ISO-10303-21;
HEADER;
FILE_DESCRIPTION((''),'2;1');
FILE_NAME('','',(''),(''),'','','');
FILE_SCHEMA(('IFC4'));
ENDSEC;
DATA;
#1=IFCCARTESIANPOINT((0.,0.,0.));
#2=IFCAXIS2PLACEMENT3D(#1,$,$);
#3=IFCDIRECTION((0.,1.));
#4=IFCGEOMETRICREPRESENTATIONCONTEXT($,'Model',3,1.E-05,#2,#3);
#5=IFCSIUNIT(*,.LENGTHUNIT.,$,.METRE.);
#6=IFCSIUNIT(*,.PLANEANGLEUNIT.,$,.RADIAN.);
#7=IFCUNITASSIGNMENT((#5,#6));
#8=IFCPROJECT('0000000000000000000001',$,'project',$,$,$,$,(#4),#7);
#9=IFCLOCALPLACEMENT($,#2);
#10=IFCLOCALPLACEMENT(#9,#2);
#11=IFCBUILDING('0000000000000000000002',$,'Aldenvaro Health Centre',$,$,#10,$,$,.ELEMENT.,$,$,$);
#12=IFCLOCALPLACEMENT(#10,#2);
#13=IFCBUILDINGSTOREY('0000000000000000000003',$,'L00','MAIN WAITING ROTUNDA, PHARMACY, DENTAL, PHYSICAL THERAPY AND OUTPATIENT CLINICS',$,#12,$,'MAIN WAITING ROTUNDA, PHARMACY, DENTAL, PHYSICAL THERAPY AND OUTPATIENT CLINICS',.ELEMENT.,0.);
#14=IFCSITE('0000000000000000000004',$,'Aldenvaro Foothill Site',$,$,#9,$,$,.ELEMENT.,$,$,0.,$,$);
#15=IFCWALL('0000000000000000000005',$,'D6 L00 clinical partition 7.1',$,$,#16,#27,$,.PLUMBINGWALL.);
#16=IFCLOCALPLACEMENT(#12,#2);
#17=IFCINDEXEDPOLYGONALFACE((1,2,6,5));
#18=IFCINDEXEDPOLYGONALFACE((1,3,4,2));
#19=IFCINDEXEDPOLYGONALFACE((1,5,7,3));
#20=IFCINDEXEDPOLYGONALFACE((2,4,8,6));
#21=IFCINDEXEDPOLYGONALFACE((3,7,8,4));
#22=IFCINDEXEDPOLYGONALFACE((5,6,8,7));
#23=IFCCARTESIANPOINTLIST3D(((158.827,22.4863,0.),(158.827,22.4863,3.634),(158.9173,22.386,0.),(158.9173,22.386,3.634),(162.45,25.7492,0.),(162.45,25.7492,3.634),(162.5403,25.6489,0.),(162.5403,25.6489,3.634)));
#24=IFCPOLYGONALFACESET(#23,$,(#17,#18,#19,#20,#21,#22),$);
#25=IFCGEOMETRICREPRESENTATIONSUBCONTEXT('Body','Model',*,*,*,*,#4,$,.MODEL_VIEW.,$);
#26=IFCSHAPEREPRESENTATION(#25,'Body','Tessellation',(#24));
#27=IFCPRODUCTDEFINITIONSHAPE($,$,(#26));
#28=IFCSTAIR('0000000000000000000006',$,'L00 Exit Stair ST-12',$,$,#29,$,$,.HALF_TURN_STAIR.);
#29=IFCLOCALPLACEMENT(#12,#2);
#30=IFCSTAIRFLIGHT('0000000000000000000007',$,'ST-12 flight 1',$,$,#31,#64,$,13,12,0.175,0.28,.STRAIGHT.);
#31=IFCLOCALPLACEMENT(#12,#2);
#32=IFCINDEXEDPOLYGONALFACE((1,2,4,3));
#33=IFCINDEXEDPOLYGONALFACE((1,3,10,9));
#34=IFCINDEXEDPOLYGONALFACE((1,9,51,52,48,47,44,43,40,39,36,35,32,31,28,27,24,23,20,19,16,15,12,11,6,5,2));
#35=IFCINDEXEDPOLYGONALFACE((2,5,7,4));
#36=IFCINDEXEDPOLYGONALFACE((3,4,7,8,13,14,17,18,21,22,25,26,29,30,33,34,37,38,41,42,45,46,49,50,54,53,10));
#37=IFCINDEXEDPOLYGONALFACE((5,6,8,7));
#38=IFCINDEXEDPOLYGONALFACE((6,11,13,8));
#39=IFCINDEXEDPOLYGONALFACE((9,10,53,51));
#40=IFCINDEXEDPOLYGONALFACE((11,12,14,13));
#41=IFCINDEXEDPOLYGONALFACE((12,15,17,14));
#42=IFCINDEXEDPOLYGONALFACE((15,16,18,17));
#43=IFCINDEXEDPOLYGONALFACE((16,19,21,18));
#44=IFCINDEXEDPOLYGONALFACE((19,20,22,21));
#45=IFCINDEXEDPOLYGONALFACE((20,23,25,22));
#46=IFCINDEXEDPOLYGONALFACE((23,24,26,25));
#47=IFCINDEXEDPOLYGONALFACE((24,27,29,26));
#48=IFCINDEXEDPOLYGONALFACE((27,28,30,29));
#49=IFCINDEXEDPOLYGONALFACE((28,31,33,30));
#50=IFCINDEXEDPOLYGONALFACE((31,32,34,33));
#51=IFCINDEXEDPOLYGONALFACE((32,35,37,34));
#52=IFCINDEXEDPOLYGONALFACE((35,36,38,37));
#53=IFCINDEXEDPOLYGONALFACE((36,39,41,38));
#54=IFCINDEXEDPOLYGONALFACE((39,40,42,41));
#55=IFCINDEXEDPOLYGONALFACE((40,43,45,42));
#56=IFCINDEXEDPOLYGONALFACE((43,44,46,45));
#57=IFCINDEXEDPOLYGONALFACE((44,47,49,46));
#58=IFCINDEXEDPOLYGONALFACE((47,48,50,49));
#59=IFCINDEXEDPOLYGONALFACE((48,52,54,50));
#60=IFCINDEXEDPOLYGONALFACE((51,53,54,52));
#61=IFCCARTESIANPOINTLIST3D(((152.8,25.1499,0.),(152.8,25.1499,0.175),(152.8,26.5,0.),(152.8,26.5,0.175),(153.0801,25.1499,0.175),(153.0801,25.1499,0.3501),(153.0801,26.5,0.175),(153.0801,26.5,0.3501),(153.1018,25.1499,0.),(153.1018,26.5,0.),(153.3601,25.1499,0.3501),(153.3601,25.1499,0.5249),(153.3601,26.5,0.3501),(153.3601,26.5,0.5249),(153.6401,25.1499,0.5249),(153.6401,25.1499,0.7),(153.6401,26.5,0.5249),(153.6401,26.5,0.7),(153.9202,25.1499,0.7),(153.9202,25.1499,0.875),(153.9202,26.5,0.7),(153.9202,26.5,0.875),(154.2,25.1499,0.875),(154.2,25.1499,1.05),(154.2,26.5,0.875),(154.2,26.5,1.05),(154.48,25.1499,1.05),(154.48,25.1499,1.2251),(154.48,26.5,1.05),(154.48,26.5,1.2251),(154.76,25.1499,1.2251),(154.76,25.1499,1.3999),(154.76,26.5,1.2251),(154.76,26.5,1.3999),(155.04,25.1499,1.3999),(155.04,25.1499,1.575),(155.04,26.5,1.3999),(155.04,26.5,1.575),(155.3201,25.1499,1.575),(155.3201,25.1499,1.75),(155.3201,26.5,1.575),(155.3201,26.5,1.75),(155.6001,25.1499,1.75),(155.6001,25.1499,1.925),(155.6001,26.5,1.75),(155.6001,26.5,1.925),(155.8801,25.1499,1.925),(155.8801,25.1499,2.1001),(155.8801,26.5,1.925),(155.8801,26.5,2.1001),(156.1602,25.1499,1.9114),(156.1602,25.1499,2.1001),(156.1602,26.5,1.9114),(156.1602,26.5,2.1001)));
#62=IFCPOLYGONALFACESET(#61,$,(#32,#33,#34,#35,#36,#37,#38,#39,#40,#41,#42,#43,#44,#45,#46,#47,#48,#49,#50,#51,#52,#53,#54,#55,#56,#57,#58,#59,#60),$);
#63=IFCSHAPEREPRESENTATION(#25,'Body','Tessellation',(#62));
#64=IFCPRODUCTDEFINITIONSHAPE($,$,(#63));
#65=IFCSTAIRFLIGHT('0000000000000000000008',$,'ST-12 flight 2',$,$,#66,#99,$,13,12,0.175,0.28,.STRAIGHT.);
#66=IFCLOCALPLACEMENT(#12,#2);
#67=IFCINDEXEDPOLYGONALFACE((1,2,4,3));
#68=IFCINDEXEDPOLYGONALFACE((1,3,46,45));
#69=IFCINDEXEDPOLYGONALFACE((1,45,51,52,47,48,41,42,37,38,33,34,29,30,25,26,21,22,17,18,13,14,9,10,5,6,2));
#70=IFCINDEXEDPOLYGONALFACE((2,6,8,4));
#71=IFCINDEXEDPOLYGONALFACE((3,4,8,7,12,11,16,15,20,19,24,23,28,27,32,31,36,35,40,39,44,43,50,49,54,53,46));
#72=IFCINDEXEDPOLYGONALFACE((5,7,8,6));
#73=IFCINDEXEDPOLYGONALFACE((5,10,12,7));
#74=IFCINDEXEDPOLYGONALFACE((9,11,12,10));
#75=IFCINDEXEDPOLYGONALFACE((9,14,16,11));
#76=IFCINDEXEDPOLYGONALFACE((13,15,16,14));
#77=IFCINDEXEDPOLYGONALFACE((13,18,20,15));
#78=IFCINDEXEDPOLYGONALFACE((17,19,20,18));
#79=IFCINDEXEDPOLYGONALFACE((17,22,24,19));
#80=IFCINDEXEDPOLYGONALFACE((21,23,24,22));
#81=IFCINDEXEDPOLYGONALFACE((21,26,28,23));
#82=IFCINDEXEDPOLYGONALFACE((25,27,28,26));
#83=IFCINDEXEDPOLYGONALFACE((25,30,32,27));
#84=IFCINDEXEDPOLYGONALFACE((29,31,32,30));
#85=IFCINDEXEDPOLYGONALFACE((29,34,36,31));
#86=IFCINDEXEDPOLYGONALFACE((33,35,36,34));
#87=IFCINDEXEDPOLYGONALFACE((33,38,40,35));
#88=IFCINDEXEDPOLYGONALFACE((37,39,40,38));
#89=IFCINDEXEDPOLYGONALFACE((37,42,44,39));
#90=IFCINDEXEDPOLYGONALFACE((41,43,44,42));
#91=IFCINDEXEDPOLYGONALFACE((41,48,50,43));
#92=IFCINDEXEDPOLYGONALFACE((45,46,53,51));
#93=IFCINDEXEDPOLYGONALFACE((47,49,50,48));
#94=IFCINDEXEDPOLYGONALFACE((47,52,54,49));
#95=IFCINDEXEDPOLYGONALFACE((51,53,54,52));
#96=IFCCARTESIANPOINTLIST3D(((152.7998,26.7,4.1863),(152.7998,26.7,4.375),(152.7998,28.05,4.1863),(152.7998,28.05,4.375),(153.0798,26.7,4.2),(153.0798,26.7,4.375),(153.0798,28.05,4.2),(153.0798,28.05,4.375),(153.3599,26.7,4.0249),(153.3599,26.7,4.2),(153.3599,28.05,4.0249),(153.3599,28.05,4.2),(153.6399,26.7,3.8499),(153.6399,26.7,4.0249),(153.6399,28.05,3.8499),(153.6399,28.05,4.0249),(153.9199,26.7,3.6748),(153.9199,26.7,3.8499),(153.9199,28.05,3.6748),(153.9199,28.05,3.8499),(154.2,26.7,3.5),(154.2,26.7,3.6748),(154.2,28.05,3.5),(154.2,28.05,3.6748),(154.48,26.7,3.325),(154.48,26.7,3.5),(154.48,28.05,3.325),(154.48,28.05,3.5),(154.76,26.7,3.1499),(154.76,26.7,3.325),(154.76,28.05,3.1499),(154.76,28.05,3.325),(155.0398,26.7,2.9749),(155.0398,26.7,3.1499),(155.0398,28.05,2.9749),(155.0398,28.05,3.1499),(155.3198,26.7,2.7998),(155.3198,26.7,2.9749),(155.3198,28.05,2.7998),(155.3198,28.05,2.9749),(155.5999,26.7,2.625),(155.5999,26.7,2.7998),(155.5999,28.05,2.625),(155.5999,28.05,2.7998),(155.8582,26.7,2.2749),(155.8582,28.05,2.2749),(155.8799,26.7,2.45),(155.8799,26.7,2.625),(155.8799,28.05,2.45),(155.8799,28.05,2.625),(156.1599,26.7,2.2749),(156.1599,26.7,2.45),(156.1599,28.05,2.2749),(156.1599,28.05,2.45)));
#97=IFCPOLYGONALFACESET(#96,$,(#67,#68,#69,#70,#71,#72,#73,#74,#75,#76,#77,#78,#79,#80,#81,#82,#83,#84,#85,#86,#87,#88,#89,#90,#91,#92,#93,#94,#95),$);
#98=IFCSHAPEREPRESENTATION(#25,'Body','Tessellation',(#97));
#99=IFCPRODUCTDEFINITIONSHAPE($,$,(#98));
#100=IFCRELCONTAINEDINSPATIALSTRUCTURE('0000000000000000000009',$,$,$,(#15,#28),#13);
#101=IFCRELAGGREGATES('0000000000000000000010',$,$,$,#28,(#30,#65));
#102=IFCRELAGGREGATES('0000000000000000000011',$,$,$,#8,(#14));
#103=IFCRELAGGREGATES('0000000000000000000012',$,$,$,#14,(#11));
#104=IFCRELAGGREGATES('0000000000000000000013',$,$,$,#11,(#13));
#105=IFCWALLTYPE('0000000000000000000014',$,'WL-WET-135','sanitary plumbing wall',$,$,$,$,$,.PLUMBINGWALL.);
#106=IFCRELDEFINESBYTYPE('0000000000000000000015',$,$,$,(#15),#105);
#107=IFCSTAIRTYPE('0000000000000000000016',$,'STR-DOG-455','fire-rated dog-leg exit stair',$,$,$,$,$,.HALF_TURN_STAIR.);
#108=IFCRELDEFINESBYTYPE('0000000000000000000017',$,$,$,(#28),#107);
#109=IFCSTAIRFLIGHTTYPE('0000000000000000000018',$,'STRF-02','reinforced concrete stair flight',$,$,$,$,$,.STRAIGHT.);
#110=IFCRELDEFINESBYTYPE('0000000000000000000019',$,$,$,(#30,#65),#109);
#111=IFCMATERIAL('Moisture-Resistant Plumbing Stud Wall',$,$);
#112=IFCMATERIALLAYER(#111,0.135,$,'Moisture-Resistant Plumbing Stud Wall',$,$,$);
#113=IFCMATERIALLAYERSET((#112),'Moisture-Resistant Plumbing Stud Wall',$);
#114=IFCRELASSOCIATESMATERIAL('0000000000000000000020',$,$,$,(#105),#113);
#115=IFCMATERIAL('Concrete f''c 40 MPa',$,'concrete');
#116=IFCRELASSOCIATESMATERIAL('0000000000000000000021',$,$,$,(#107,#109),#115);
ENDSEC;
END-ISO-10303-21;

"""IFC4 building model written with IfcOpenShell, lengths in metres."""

from ifc_helpers import new_model, si_unit, direction, frame, frame_2d, origin, place, context, subcontext, project, spatial, polyline, rectangle, outline, extrude, material, layer, layer_set, type_object, element, aggregate, save


model = new_model("IFC4")

# Units and contexts
model_context = context("Model", 3, precision=1e-05, world=origin(), true_north=direction((0.0, 1.0)))
body_context = subcontext(model_context, "Body", "Model", "MODEL_VIEW")
ifc_project = project(units=[si_unit("LENGTHUNIT", "METRE"), si_unit("PLANEANGLEUNIT", "RADIAN")], contexts=[model_context])

# Site, building, storey
site_placement = place(None, origin())
site = spatial("IfcSite", under=ifc_project, at=site_placement, Name="Aldenvaro Foothill Site", CompositionType="ELEMENT", RefElevation=0.0)
building_placement = place(site_placement, origin())
building = spatial("IfcBuilding", under=site, at=building_placement, Name="Aldenvaro Health Centre", CompositionType="ELEMENT")
storey_placement = place(building_placement, origin())
storey = spatial("IfcBuildingStorey", under=building, at=storey_placement, Name="L00", Description="MAIN WAITING ROTUNDA, PHARMACY, DENTAL, PHYSICAL THERAPY AND OUTPATIENT CLINICS", LongName="MAIN WAITING ROTUNDA, PHARMACY, DENTAL, PHYSICAL THERAPY AND OUTPATIENT CLINICS", CompositionType="ELEMENT", Elevation=0.0)

# Shared definitions
ifc_material_1 = material(Name="Concrete f'c 40 MPa", Category="concrete")

# Wall
ifc_material_2 = material(Name="Moisture-Resistant Plumbing Stud Wall")
ifc_layer_1 = layer(ifc_material_2, 0.135, Name="Moisture-Resistant Plumbing Stud Wall")
ifc_layer_set_1 = layer_set([ifc_layer_1], Name="Moisture-Resistant Plumbing Stud Wall")
wall_type_1 = type_object("IfcWallType", Name="WL-WET-135", Description="sanitary plumbing wall", PredefinedType="PLUMBINGWALL", material=ifc_layer_set_1)
wall_1_placement = place(storey_placement, frame((158.8721, 22.436, 0.0), z_axis=(0.0, 0.0, 1.0), x_axis=(0.74307, 0.669214, 0.0)))
element("IfcWall", 1, at=wall_1_placement, inside=storey, type_object=wall_type_1, Name="D6 L00 clinical partition 7.1", PredefinedType="PLUMBINGWALL", context=body_context, shape_type="SweptSolid", body=[
    extrude(rectangle(XDim=4.8757, YDim=0.135, at=frame_2d((2.438, 0.0))), origin(), (0.0, 0.0, 1.0), 3.634),
])

# Stair, stair flights
stair_type = type_object("IfcStairType", Name="STR-DOG-455", Description="fire-rated dog-leg exit stair", PredefinedType="HALF_TURN_STAIR", material=ifc_material_1)
stair_placement = place(storey_placement, origin())
stair = element("IfcStair", 2, at=stair_placement, inside=storey, type_object=stair_type, Name="L00 Exit Stair ST-12", PredefinedType="HALF_TURN_STAIR")
stair_flight_type = type_object("IfcStairFlightType", Name="STRF-02", Description="reinforced concrete stair flight", PredefinedType="STRAIGHT", material=ifc_material_1)
stair_flight_1_placement = place(storey_placement, frame((152.8, 25.825, 0.0), z_axis=(0.0, 0.0, 1.0), x_axis=(1.0, 0.0, 0.0)))
stair_flight_1 = element("IfcStairFlight", 3, at=stair_flight_1_placement, type_object=stair_flight_type, Name="ST-12 flight 1", NumberOfRisers=13, NumberOfTreads=12, PredefinedType="STRAIGHT", RiserHeight=0.175, TreadLength=0.28, context=body_context, shape_type="SweptSolid", body=[
    extrude(outline(polyline([(0.0, 0.0), (0.0, 0.175), (0.28, 0.175), (0.28, 0.3501), (0.5601, 0.3501), (0.5601, 0.5249), (0.8401, 0.5249), (0.8401, 0.7), (1.1201, 0.7), (1.1201, 0.875), (1.3999, 0.875), (1.3999, 1.05), (1.6799, 1.05), (1.6799, 1.2251), (1.96, 1.2251), (1.96, 1.3999), (2.24, 1.3999), (2.24, 1.575), (2.52, 1.575), (2.52, 1.75), (2.8, 1.75), (2.8, 1.925), (3.0801, 1.925), (3.0801, 2.1001), (3.3601, 2.1001), (3.3601, 2.2749), (3.3601, 1.9114), (0.3018, 0.0), (0.0, 0.0)])), frame((0.0, 0.675, 0.0), z_axis=(0.0, -1.0, 0.0), x_axis=(1.0, 0.0, 0.0)), (0.0, 0.0, 1.0), 1.3501),
])
stair_flight_2_placement = place(storey_placement, frame((156.1599, 27.375, 2.2749), z_axis=(0.0, 0.0, 1.0), x_axis=(-1.0, 0.0, 0.0)))
stair_flight_2 = element("IfcStairFlight", 4, at=stair_flight_2_placement, type_object=stair_flight_type, Name="ST-12 flight 2", NumberOfRisers=13, NumberOfTreads=12, PredefinedType="STRAIGHT", RiserHeight=0.175, TreadLength=0.28, context=body_context, shape_type="SweptSolid", body=[
    extrude(outline(polyline([(0.0, 0.0), (0.0, 0.175), (0.28, 0.175), (0.28, 0.3501), (0.5601, 0.3501), (0.5601, 0.5249), (0.8401, 0.5249), (0.8401, 0.7), (1.1201, 0.7), (1.1201, 0.875), (1.3999, 0.875), (1.3999, 1.05), (1.6799, 1.05), (1.6799, 1.2251), (1.96, 1.2251), (1.96, 1.3999), (2.24, 1.3999), (2.24, 1.575), (2.52, 1.575), (2.52, 1.75), (2.8, 1.75), (2.8, 1.925), (3.0801, 1.925), (3.0801, 2.1001), (3.3601, 2.1001), (3.3601, 2.2749), (3.3601, 1.9114), (0.3018, 0.0), (0.0, 0.0)])), frame((0.0, 0.675, 0.0), z_axis=(0.0, -1.0, 0.0), x_axis=(1.0, 0.0, 0.0)), (0.0, 0.0, 1.0), 1.3501),
])
aggregate(stair, [stair_flight_1, stair_flight_2])

save(model, "model.ifc")
